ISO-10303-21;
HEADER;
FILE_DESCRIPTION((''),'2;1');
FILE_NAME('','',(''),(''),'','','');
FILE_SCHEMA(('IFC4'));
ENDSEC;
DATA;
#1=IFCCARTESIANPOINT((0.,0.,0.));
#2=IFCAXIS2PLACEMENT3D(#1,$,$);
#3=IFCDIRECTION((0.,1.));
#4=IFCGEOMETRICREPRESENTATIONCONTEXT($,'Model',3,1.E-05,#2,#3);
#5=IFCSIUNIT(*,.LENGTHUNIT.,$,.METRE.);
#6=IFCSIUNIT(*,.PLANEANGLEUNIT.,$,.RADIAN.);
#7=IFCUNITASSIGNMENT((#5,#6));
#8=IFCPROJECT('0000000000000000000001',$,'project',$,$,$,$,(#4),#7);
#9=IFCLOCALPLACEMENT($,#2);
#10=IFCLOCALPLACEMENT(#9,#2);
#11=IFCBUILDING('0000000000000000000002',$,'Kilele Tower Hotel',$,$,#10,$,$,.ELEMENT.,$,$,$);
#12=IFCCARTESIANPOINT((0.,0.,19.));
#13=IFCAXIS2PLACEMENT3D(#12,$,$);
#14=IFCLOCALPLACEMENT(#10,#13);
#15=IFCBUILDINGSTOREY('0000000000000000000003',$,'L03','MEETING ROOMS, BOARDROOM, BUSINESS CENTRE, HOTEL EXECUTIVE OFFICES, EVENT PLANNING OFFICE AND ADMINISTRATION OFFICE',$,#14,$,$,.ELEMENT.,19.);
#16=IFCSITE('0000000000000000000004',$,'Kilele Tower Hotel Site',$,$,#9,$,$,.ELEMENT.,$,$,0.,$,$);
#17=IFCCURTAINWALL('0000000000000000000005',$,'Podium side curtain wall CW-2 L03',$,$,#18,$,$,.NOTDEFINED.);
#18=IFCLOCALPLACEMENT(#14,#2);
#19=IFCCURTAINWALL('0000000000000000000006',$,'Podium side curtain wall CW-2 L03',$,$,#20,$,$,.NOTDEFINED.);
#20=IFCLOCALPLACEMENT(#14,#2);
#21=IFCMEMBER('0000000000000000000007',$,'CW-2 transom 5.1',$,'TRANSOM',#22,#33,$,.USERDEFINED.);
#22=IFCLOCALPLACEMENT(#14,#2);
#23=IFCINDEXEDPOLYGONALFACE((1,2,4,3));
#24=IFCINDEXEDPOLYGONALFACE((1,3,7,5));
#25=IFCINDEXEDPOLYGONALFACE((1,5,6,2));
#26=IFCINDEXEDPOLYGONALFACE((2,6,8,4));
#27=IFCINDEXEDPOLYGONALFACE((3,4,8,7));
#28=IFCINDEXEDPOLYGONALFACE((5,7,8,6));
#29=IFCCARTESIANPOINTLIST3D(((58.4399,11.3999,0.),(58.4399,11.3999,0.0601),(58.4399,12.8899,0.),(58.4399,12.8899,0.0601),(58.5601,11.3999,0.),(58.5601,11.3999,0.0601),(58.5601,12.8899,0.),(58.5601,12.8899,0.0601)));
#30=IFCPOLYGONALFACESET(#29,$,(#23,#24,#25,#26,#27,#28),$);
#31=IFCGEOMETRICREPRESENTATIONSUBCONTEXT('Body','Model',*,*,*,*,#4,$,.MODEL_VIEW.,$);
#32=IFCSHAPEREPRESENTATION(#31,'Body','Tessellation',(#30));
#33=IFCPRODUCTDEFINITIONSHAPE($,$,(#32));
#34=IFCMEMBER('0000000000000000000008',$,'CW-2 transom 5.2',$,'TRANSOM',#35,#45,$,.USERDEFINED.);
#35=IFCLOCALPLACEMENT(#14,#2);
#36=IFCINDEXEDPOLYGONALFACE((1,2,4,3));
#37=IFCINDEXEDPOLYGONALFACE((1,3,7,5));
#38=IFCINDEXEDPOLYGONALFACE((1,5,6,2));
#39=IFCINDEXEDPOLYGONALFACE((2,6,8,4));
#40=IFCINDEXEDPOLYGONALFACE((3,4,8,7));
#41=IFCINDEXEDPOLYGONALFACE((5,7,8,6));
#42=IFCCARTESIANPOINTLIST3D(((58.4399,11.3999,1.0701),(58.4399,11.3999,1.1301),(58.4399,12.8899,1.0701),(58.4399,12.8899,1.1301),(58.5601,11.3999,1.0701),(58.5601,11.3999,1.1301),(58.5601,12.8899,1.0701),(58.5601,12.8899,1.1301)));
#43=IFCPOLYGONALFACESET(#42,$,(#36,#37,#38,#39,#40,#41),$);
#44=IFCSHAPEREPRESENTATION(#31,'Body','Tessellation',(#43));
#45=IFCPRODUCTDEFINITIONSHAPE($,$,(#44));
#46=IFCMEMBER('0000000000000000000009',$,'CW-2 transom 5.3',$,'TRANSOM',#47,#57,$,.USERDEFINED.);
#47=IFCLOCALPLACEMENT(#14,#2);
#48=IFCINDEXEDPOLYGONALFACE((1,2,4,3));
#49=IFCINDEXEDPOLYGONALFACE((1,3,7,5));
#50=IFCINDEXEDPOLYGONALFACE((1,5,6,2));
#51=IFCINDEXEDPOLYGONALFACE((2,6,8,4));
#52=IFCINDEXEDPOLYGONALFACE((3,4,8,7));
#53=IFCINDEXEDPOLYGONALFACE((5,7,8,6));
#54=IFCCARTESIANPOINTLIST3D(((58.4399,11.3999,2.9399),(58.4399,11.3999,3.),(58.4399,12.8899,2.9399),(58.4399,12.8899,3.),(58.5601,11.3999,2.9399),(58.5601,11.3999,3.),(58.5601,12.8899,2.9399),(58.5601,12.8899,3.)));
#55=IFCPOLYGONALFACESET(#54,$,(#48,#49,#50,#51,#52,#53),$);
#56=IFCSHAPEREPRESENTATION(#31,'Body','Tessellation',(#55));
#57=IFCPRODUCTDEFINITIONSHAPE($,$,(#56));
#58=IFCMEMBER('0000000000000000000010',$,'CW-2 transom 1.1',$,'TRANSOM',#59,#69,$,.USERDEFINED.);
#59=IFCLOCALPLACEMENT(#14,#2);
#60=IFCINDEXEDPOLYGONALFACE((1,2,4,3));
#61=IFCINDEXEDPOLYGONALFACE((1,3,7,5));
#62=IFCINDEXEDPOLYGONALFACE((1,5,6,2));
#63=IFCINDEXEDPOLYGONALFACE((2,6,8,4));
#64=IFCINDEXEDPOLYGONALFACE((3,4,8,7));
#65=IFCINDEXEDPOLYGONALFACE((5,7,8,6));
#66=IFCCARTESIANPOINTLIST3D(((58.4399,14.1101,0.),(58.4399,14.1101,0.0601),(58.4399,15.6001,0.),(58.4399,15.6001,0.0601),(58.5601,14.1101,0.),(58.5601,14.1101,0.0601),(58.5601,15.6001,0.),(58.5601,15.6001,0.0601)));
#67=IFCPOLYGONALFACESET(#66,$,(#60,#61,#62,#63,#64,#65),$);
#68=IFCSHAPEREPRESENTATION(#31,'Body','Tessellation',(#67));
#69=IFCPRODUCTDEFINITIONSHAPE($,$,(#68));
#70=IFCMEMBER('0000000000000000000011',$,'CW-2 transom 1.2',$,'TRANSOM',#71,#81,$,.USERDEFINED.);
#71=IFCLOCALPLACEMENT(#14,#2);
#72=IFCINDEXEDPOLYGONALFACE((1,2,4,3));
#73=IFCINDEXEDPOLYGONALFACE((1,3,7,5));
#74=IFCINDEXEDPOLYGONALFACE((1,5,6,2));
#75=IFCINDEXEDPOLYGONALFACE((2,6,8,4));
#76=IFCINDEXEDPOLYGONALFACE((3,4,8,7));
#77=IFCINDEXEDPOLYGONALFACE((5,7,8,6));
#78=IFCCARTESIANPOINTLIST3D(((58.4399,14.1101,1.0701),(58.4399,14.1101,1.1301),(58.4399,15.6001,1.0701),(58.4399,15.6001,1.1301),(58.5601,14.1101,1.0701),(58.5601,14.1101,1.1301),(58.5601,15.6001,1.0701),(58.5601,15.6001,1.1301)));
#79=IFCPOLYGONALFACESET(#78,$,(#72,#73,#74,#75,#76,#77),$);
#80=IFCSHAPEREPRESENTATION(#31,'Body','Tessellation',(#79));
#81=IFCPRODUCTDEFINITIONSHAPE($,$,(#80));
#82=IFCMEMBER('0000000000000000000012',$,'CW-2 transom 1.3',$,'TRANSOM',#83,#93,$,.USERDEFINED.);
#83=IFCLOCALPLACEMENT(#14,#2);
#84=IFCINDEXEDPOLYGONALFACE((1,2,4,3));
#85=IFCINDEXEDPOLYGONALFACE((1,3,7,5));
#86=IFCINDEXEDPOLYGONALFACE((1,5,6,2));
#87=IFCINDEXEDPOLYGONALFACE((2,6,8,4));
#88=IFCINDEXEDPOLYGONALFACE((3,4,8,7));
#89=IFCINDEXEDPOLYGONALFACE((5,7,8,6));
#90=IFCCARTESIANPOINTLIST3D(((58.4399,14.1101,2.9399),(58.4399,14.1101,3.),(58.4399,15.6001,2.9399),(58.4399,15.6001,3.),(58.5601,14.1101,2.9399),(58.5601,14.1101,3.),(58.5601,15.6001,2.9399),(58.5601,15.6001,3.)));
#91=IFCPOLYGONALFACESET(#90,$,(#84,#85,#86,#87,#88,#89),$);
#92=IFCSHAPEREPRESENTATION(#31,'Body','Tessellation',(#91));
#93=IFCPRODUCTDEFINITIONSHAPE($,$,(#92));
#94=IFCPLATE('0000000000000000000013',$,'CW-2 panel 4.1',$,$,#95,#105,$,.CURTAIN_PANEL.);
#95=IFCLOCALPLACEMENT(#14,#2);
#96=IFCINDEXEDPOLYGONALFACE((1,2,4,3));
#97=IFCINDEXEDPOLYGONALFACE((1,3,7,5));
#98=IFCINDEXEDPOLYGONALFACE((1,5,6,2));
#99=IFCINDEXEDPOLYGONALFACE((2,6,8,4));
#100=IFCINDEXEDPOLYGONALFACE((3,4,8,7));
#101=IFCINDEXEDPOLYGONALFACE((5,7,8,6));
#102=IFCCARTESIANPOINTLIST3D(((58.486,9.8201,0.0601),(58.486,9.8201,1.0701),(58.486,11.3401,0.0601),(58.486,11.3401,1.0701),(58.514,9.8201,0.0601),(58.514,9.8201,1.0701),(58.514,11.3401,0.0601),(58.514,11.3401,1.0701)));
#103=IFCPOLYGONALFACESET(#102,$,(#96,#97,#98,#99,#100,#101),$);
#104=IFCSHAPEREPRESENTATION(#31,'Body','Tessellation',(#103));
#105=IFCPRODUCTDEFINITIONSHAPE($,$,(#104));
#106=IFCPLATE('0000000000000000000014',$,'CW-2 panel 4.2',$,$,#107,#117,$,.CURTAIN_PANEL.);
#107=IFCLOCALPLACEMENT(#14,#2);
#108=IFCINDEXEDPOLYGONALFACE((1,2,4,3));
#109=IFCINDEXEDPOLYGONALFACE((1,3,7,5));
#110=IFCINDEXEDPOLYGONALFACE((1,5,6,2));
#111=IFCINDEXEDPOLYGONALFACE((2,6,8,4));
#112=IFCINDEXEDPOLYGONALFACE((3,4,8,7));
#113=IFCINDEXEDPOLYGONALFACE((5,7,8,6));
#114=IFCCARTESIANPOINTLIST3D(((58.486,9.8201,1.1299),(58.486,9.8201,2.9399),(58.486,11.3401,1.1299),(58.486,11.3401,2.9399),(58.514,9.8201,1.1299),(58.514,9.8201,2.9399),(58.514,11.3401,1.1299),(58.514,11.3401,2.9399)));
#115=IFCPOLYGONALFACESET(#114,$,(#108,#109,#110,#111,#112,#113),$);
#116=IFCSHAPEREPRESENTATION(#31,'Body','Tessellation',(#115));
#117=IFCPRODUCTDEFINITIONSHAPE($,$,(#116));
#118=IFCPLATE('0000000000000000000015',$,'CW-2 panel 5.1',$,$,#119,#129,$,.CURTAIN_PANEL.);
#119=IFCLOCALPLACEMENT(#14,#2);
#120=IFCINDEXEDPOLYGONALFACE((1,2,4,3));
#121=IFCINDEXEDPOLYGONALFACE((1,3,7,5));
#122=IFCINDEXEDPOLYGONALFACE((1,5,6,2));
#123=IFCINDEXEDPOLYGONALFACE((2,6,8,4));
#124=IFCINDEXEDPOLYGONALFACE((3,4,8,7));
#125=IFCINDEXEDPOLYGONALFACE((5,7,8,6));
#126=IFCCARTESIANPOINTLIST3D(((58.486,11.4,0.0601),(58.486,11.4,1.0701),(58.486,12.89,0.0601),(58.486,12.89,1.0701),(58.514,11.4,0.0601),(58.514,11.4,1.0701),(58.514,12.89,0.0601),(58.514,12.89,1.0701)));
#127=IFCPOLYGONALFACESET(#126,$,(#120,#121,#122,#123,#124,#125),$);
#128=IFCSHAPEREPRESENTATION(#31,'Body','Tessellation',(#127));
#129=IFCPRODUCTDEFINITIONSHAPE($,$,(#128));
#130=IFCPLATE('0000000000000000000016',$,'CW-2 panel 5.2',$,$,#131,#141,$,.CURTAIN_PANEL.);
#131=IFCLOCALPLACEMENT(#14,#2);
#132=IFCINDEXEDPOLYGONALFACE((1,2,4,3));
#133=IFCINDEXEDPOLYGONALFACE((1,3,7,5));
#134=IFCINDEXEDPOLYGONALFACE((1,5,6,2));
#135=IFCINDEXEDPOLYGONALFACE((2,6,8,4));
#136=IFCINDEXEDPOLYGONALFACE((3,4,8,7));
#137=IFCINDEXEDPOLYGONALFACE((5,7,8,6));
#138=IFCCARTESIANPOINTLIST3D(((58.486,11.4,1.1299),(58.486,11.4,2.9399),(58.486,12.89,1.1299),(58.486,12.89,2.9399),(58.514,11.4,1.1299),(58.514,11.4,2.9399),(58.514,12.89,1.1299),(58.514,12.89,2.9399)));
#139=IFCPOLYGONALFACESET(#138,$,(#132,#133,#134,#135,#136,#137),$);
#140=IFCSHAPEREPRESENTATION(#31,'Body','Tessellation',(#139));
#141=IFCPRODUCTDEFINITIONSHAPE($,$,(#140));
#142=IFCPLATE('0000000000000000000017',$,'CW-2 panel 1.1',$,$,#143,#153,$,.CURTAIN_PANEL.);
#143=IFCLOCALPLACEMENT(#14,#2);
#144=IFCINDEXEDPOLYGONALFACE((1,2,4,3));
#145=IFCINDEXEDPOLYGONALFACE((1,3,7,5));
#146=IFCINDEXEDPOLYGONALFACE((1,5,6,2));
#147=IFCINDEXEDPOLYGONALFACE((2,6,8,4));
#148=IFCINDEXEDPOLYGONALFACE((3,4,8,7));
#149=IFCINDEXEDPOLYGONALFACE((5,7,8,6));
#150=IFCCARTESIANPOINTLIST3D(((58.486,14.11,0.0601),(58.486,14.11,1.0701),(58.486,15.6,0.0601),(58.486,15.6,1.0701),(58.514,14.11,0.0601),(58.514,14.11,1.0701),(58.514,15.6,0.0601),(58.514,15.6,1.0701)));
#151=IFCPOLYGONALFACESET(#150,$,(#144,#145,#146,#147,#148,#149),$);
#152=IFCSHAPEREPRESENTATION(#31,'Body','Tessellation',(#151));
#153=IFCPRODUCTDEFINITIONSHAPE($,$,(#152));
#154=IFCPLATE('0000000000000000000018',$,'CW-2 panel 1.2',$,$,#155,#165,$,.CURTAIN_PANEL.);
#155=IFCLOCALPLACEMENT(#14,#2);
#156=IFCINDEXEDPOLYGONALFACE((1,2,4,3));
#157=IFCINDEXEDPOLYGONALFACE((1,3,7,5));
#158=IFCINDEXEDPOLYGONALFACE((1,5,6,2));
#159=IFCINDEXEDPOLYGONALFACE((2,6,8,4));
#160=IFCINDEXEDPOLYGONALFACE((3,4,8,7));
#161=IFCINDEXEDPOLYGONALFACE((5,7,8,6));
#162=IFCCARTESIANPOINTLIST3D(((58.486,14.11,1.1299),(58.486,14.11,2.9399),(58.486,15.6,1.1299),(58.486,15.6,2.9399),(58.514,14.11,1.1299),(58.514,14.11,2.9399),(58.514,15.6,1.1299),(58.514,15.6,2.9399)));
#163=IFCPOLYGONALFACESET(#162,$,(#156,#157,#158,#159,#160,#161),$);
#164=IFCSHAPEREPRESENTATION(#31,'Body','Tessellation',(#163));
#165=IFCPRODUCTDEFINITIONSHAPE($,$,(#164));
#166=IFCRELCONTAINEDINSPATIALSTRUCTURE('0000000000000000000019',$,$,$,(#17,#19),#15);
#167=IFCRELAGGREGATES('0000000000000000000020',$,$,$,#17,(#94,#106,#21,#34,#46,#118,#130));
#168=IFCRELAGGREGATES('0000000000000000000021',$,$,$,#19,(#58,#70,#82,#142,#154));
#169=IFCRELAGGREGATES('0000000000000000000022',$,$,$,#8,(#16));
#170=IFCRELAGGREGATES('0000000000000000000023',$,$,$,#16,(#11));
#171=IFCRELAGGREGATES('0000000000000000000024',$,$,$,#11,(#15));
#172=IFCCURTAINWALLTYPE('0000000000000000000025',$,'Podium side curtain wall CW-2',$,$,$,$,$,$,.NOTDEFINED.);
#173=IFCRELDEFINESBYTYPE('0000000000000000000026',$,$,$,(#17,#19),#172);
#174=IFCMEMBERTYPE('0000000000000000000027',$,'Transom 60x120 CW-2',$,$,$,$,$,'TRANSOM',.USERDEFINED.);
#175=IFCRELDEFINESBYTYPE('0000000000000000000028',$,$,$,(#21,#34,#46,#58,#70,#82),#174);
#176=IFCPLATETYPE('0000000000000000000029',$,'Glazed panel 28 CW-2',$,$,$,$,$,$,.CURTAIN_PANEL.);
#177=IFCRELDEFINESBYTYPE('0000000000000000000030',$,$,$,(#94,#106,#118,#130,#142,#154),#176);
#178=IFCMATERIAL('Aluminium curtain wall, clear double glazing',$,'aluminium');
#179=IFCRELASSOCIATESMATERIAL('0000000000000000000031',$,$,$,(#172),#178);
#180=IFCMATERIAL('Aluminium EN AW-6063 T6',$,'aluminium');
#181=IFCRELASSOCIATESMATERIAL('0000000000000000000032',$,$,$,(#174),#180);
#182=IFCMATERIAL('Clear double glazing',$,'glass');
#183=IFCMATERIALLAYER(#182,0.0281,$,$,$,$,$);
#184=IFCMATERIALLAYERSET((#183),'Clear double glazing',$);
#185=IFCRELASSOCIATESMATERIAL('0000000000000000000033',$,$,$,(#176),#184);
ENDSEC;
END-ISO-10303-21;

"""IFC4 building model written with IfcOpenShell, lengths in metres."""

from ifc_helpers import new_model, si_unit, direction, frame, origin, origin_2d, place, context, subcontext, project, spatial, rectangle, extrude, material, layer, layer_set, material_profile, profile_set, type_object, element, aggregate, save


model = new_model("IFC4")

# Units and contexts
model_context = context("Model", 3, precision=1e-05, world=origin(), true_north=direction((0.0, 1.0)))
body_context = subcontext(model_context, "Body", "Model", "MODEL_VIEW")
ifc_project = project(units=[si_unit("LENGTHUNIT", "METRE"), si_unit("PLANEANGLEUNIT", "RADIAN")], contexts=[model_context])

# Site, building, storey
site_placement = place(None, origin())
site = spatial("IfcSite", under=ifc_project, at=site_placement, Name="Kilele Tower Hotel Site", CompositionType="ELEMENT", RefElevation=0.0)
building_placement = place(site_placement, origin())
building = spatial("IfcBuilding", under=site, at=building_placement, Name="Kilele Tower Hotel", CompositionType="ELEMENT")
storey_placement = place(building_placement, frame((0.0, 0.0, 19.0)))
storey = spatial("IfcBuildingStorey", under=building, at=storey_placement, Name="L03", Description="MEETING ROOMS, BOARDROOM, BUSINESS CENTRE, HOTEL EXECUTIVE OFFICES, EVENT PLANNING OFFICE AND ADMINISTRATION OFFICE", CompositionType="ELEMENT", Elevation=19.0)

# Curtain wall
ifc_material_1 = material(Name="Aluminium curtain wall, clear double glazing", Category="aluminium")
curtain_wall_type = type_object("IfcCurtainWallType", Name="Podium side curtain wall CW-2", PredefinedType="NOTDEFINED", material=ifc_material_1)
curtain_wall_1_placement = place(storey_placement, origin())
curtain_wall_1 = element("IfcCurtainWall", 1, at=curtain_wall_1_placement, inside=storey, type_object=curtain_wall_type, Name="Podium side curtain wall CW-2 L03", PredefinedType="NOTDEFINED")

# Curtain wall
curtain_wall_2_placement = place(storey_placement, origin())
curtain_wall_2 = element("IfcCurtainWall", 2, at=curtain_wall_2_placement, inside=storey, type_object=curtain_wall_type, Name="Podium side curtain wall CW-2 L03", PredefinedType="NOTDEFINED")

# Members
ifc_material_2 = material(Name="Aluminium EN AW-6063 T6", Category="aluminium")
ifc_material_profile_1 = material_profile(ifc_material_2, rectangle(XDim=0.1201, YDim=0.0601, at=origin_2d()))
ifc_profile_set_1 = profile_set([ifc_material_profile_1], Name="Aluminium EN AW-6063 T6")
member_type_1 = type_object("IfcMemberType", Name="Transom 60x120 CW-2", ElementType="TRANSOM", PredefinedType="USERDEFINED", material=ifc_profile_set_1)
member_1_placement = place(storey_placement, frame((58.5, 11.3999, 0.03), z_axis=(0.0, 1.0, 0.0), x_axis=(-1.0, 0.0, 0.0)))
member_1 = element("IfcMember", 3, at=member_1_placement, type_object=member_type_1, Name="CW-2 transom 5.1", ObjectType="TRANSOM", PredefinedType="USERDEFINED", context=body_context, shape_type="SweptSolid", body=[
    extrude(rectangle(XDim=0.1201, YDim=0.0601, at=origin_2d()), origin(), (0.0, 0.0, 1.0), 1.49),
])
member_2_placement = place(storey_placement, frame((58.5, 11.3999, 1.1001), z_axis=(0.0, 1.0, 0.0), x_axis=(-1.0, 0.0, 0.0)))
member_2 = element("IfcMember", 4, at=member_2_placement, type_object=member_type_1, Name="CW-2 transom 5.2", ObjectType="TRANSOM", PredefinedType="USERDEFINED", context=body_context, shape_type="SweptSolid", body=[
    extrude(rectangle(XDim=0.1201, YDim=0.0601, at=origin_2d()), origin(), (0.0, 0.0, 1.0), 1.49),
])
member_3_placement = place(storey_placement, frame((58.5, 11.3999, 2.97), z_axis=(0.0, 1.0, 0.0), x_axis=(-1.0, 0.0, 0.0)))
member_3 = element("IfcMember", 5, at=member_3_placement, type_object=member_type_1, Name="CW-2 transom 5.3", ObjectType="TRANSOM", PredefinedType="USERDEFINED", context=body_context, shape_type="SweptSolid", body=[
    extrude(rectangle(XDim=0.1201, YDim=0.0601, at=origin_2d()), origin(), (0.0, 0.0, 1.0), 1.49),
])
member_4_placement = place(storey_placement, frame((58.5, 14.1101, 0.03), z_axis=(0.0, 1.0, 0.0), x_axis=(-1.0, 0.0, 0.0)))
member_4 = element("IfcMember", 6, at=member_4_placement, type_object=member_type_1, Name="CW-2 transom 1.1", ObjectType="TRANSOM", PredefinedType="USERDEFINED", context=body_context, shape_type="SweptSolid", body=[
    extrude(rectangle(XDim=0.1201, YDim=0.0601, at=origin_2d()), origin(), (0.0, 0.0, 1.0), 1.49),
])
member_5_placement = place(storey_placement, frame((58.5, 14.1101, 1.1001), z_axis=(0.0, 1.0, 0.0), x_axis=(-1.0, 0.0, 0.0)))
member_5 = element("IfcMember", 7, at=member_5_placement, type_object=member_type_1, Name="CW-2 transom 1.2", ObjectType="TRANSOM", PredefinedType="USERDEFINED", context=body_context, shape_type="SweptSolid", body=[
    extrude(rectangle(XDim=0.1201, YDim=0.0601, at=origin_2d()), origin(), (0.0, 0.0, 1.0), 1.49),
])
member_6_placement = place(storey_placement, frame((58.5, 14.1101, 2.97), z_axis=(0.0, 1.0, 0.0), x_axis=(-1.0, 0.0, 0.0)))
member_6 = element("IfcMember", 8, at=member_6_placement, type_object=member_type_1, Name="CW-2 transom 1.3", ObjectType="TRANSOM", PredefinedType="USERDEFINED", context=body_context, shape_type="SweptSolid", body=[
    extrude(rectangle(XDim=0.1201, YDim=0.0601, at=origin_2d()), origin(), (0.0, 0.0, 1.0), 1.49),
])

# Plates
ifc_material_3 = material(Name="Clear double glazing", Category="glass")
ifc_layer_1 = layer(ifc_material_3, 0.0281)
ifc_layer_set_1 = layer_set([ifc_layer_1], Name="Clear double glazing")
plate_type = type_object("IfcPlateType", Name="Glazed panel 28 CW-2", PredefinedType="CURTAIN_PANEL", material=ifc_layer_set_1)
plate_1_placement = place(storey_placement, frame((58.5, 10.5801, 0.0601), z_axis=(0.0, 0.0, 1.0), x_axis=(0.0, 1.0, 0.0)))
plate_1 = element("IfcPlate", 9, at=plate_1_placement, type_object=plate_type, Name="CW-2 panel 4.1", PredefinedType="CURTAIN_PANEL", context=body_context, shape_type="SweptSolid", body=[
    extrude(rectangle(XDim=1.52, YDim=0.0281, at=origin_2d()), origin(), (0.0, 0.0, 1.0), 1.01),
])
plate_2_placement = place(storey_placement, frame((58.5, 10.5801, 1.1299), z_axis=(0.0, 0.0, 1.0), x_axis=(0.0, 1.0, 0.0)))
plate_2 = element("IfcPlate", 10, at=plate_2_placement, type_object=plate_type, Name="CW-2 panel 4.2", PredefinedType="CURTAIN_PANEL", context=body_context, shape_type="SweptSolid", body=[
    extrude(rectangle(XDim=1.52, YDim=0.0281, at=origin_2d()), origin(), (0.0, 0.0, 1.0), 1.8101),
])
plate_3_placement = place(storey_placement, frame((58.5, 12.145, 0.0601), z_axis=(0.0, 0.0, 1.0), x_axis=(0.0, 1.0, 0.0)))
plate_3 = element("IfcPlate", 11, at=plate_3_placement, type_object=plate_type, Name="CW-2 panel 5.1", PredefinedType="CURTAIN_PANEL", context=body_context, shape_type="SweptSolid", body=[
    extrude(rectangle(XDim=1.49, YDim=0.0281, at=origin_2d()), origin(), (0.0, 0.0, 1.0), 1.01),
])
plate_4_placement = place(storey_placement, frame((58.5, 12.145, 1.1299), z_axis=(0.0, 0.0, 1.0), x_axis=(0.0, 1.0, 0.0)))
plate_4 = element("IfcPlate", 12, at=plate_4_placement, type_object=plate_type, Name="CW-2 panel 5.2", PredefinedType="CURTAIN_PANEL", context=body_context, shape_type="SweptSolid", body=[
    extrude(rectangle(XDim=1.49, YDim=0.0281, at=origin_2d()), origin(), (0.0, 0.0, 1.0), 1.8101),
])
aggregate(curtain_wall_1, [plate_1, plate_2, member_1, member_2, member_3, plate_3, plate_4])
plate_5_placement = place(storey_placement, frame((58.5, 14.855, 0.0601), z_axis=(0.0, 0.0, 1.0), x_axis=(0.0, 1.0, 0.0)))
plate_5 = element("IfcPlate", 13, at=plate_5_placement, type_object=plate_type, Name="CW-2 panel 1.1", PredefinedType="CURTAIN_PANEL", context=body_context, shape_type="SweptSolid", body=[
    extrude(rectangle(XDim=1.49, YDim=0.0281, at=origin_2d()), origin(), (0.0, 0.0, 1.0), 1.01),
])
plate_6_placement = place(storey_placement, frame((58.5, 14.855, 1.1299), z_axis=(0.0, 0.0, 1.0), x_axis=(0.0, 1.0, 0.0)))
plate_6 = element("IfcPlate", 14, at=plate_6_placement, type_object=plate_type, Name="CW-2 panel 1.2", PredefinedType="CURTAIN_PANEL", context=body_context, shape_type="SweptSolid", body=[
    extrude(rectangle(XDim=1.49, YDim=0.0281, at=origin_2d()), origin(), (0.0, 0.0, 1.0), 1.8101),
])
aggregate(curtain_wall_2, [member_4, member_5, member_6, plate_5, plate_6])

save(model, "model.ifc")
